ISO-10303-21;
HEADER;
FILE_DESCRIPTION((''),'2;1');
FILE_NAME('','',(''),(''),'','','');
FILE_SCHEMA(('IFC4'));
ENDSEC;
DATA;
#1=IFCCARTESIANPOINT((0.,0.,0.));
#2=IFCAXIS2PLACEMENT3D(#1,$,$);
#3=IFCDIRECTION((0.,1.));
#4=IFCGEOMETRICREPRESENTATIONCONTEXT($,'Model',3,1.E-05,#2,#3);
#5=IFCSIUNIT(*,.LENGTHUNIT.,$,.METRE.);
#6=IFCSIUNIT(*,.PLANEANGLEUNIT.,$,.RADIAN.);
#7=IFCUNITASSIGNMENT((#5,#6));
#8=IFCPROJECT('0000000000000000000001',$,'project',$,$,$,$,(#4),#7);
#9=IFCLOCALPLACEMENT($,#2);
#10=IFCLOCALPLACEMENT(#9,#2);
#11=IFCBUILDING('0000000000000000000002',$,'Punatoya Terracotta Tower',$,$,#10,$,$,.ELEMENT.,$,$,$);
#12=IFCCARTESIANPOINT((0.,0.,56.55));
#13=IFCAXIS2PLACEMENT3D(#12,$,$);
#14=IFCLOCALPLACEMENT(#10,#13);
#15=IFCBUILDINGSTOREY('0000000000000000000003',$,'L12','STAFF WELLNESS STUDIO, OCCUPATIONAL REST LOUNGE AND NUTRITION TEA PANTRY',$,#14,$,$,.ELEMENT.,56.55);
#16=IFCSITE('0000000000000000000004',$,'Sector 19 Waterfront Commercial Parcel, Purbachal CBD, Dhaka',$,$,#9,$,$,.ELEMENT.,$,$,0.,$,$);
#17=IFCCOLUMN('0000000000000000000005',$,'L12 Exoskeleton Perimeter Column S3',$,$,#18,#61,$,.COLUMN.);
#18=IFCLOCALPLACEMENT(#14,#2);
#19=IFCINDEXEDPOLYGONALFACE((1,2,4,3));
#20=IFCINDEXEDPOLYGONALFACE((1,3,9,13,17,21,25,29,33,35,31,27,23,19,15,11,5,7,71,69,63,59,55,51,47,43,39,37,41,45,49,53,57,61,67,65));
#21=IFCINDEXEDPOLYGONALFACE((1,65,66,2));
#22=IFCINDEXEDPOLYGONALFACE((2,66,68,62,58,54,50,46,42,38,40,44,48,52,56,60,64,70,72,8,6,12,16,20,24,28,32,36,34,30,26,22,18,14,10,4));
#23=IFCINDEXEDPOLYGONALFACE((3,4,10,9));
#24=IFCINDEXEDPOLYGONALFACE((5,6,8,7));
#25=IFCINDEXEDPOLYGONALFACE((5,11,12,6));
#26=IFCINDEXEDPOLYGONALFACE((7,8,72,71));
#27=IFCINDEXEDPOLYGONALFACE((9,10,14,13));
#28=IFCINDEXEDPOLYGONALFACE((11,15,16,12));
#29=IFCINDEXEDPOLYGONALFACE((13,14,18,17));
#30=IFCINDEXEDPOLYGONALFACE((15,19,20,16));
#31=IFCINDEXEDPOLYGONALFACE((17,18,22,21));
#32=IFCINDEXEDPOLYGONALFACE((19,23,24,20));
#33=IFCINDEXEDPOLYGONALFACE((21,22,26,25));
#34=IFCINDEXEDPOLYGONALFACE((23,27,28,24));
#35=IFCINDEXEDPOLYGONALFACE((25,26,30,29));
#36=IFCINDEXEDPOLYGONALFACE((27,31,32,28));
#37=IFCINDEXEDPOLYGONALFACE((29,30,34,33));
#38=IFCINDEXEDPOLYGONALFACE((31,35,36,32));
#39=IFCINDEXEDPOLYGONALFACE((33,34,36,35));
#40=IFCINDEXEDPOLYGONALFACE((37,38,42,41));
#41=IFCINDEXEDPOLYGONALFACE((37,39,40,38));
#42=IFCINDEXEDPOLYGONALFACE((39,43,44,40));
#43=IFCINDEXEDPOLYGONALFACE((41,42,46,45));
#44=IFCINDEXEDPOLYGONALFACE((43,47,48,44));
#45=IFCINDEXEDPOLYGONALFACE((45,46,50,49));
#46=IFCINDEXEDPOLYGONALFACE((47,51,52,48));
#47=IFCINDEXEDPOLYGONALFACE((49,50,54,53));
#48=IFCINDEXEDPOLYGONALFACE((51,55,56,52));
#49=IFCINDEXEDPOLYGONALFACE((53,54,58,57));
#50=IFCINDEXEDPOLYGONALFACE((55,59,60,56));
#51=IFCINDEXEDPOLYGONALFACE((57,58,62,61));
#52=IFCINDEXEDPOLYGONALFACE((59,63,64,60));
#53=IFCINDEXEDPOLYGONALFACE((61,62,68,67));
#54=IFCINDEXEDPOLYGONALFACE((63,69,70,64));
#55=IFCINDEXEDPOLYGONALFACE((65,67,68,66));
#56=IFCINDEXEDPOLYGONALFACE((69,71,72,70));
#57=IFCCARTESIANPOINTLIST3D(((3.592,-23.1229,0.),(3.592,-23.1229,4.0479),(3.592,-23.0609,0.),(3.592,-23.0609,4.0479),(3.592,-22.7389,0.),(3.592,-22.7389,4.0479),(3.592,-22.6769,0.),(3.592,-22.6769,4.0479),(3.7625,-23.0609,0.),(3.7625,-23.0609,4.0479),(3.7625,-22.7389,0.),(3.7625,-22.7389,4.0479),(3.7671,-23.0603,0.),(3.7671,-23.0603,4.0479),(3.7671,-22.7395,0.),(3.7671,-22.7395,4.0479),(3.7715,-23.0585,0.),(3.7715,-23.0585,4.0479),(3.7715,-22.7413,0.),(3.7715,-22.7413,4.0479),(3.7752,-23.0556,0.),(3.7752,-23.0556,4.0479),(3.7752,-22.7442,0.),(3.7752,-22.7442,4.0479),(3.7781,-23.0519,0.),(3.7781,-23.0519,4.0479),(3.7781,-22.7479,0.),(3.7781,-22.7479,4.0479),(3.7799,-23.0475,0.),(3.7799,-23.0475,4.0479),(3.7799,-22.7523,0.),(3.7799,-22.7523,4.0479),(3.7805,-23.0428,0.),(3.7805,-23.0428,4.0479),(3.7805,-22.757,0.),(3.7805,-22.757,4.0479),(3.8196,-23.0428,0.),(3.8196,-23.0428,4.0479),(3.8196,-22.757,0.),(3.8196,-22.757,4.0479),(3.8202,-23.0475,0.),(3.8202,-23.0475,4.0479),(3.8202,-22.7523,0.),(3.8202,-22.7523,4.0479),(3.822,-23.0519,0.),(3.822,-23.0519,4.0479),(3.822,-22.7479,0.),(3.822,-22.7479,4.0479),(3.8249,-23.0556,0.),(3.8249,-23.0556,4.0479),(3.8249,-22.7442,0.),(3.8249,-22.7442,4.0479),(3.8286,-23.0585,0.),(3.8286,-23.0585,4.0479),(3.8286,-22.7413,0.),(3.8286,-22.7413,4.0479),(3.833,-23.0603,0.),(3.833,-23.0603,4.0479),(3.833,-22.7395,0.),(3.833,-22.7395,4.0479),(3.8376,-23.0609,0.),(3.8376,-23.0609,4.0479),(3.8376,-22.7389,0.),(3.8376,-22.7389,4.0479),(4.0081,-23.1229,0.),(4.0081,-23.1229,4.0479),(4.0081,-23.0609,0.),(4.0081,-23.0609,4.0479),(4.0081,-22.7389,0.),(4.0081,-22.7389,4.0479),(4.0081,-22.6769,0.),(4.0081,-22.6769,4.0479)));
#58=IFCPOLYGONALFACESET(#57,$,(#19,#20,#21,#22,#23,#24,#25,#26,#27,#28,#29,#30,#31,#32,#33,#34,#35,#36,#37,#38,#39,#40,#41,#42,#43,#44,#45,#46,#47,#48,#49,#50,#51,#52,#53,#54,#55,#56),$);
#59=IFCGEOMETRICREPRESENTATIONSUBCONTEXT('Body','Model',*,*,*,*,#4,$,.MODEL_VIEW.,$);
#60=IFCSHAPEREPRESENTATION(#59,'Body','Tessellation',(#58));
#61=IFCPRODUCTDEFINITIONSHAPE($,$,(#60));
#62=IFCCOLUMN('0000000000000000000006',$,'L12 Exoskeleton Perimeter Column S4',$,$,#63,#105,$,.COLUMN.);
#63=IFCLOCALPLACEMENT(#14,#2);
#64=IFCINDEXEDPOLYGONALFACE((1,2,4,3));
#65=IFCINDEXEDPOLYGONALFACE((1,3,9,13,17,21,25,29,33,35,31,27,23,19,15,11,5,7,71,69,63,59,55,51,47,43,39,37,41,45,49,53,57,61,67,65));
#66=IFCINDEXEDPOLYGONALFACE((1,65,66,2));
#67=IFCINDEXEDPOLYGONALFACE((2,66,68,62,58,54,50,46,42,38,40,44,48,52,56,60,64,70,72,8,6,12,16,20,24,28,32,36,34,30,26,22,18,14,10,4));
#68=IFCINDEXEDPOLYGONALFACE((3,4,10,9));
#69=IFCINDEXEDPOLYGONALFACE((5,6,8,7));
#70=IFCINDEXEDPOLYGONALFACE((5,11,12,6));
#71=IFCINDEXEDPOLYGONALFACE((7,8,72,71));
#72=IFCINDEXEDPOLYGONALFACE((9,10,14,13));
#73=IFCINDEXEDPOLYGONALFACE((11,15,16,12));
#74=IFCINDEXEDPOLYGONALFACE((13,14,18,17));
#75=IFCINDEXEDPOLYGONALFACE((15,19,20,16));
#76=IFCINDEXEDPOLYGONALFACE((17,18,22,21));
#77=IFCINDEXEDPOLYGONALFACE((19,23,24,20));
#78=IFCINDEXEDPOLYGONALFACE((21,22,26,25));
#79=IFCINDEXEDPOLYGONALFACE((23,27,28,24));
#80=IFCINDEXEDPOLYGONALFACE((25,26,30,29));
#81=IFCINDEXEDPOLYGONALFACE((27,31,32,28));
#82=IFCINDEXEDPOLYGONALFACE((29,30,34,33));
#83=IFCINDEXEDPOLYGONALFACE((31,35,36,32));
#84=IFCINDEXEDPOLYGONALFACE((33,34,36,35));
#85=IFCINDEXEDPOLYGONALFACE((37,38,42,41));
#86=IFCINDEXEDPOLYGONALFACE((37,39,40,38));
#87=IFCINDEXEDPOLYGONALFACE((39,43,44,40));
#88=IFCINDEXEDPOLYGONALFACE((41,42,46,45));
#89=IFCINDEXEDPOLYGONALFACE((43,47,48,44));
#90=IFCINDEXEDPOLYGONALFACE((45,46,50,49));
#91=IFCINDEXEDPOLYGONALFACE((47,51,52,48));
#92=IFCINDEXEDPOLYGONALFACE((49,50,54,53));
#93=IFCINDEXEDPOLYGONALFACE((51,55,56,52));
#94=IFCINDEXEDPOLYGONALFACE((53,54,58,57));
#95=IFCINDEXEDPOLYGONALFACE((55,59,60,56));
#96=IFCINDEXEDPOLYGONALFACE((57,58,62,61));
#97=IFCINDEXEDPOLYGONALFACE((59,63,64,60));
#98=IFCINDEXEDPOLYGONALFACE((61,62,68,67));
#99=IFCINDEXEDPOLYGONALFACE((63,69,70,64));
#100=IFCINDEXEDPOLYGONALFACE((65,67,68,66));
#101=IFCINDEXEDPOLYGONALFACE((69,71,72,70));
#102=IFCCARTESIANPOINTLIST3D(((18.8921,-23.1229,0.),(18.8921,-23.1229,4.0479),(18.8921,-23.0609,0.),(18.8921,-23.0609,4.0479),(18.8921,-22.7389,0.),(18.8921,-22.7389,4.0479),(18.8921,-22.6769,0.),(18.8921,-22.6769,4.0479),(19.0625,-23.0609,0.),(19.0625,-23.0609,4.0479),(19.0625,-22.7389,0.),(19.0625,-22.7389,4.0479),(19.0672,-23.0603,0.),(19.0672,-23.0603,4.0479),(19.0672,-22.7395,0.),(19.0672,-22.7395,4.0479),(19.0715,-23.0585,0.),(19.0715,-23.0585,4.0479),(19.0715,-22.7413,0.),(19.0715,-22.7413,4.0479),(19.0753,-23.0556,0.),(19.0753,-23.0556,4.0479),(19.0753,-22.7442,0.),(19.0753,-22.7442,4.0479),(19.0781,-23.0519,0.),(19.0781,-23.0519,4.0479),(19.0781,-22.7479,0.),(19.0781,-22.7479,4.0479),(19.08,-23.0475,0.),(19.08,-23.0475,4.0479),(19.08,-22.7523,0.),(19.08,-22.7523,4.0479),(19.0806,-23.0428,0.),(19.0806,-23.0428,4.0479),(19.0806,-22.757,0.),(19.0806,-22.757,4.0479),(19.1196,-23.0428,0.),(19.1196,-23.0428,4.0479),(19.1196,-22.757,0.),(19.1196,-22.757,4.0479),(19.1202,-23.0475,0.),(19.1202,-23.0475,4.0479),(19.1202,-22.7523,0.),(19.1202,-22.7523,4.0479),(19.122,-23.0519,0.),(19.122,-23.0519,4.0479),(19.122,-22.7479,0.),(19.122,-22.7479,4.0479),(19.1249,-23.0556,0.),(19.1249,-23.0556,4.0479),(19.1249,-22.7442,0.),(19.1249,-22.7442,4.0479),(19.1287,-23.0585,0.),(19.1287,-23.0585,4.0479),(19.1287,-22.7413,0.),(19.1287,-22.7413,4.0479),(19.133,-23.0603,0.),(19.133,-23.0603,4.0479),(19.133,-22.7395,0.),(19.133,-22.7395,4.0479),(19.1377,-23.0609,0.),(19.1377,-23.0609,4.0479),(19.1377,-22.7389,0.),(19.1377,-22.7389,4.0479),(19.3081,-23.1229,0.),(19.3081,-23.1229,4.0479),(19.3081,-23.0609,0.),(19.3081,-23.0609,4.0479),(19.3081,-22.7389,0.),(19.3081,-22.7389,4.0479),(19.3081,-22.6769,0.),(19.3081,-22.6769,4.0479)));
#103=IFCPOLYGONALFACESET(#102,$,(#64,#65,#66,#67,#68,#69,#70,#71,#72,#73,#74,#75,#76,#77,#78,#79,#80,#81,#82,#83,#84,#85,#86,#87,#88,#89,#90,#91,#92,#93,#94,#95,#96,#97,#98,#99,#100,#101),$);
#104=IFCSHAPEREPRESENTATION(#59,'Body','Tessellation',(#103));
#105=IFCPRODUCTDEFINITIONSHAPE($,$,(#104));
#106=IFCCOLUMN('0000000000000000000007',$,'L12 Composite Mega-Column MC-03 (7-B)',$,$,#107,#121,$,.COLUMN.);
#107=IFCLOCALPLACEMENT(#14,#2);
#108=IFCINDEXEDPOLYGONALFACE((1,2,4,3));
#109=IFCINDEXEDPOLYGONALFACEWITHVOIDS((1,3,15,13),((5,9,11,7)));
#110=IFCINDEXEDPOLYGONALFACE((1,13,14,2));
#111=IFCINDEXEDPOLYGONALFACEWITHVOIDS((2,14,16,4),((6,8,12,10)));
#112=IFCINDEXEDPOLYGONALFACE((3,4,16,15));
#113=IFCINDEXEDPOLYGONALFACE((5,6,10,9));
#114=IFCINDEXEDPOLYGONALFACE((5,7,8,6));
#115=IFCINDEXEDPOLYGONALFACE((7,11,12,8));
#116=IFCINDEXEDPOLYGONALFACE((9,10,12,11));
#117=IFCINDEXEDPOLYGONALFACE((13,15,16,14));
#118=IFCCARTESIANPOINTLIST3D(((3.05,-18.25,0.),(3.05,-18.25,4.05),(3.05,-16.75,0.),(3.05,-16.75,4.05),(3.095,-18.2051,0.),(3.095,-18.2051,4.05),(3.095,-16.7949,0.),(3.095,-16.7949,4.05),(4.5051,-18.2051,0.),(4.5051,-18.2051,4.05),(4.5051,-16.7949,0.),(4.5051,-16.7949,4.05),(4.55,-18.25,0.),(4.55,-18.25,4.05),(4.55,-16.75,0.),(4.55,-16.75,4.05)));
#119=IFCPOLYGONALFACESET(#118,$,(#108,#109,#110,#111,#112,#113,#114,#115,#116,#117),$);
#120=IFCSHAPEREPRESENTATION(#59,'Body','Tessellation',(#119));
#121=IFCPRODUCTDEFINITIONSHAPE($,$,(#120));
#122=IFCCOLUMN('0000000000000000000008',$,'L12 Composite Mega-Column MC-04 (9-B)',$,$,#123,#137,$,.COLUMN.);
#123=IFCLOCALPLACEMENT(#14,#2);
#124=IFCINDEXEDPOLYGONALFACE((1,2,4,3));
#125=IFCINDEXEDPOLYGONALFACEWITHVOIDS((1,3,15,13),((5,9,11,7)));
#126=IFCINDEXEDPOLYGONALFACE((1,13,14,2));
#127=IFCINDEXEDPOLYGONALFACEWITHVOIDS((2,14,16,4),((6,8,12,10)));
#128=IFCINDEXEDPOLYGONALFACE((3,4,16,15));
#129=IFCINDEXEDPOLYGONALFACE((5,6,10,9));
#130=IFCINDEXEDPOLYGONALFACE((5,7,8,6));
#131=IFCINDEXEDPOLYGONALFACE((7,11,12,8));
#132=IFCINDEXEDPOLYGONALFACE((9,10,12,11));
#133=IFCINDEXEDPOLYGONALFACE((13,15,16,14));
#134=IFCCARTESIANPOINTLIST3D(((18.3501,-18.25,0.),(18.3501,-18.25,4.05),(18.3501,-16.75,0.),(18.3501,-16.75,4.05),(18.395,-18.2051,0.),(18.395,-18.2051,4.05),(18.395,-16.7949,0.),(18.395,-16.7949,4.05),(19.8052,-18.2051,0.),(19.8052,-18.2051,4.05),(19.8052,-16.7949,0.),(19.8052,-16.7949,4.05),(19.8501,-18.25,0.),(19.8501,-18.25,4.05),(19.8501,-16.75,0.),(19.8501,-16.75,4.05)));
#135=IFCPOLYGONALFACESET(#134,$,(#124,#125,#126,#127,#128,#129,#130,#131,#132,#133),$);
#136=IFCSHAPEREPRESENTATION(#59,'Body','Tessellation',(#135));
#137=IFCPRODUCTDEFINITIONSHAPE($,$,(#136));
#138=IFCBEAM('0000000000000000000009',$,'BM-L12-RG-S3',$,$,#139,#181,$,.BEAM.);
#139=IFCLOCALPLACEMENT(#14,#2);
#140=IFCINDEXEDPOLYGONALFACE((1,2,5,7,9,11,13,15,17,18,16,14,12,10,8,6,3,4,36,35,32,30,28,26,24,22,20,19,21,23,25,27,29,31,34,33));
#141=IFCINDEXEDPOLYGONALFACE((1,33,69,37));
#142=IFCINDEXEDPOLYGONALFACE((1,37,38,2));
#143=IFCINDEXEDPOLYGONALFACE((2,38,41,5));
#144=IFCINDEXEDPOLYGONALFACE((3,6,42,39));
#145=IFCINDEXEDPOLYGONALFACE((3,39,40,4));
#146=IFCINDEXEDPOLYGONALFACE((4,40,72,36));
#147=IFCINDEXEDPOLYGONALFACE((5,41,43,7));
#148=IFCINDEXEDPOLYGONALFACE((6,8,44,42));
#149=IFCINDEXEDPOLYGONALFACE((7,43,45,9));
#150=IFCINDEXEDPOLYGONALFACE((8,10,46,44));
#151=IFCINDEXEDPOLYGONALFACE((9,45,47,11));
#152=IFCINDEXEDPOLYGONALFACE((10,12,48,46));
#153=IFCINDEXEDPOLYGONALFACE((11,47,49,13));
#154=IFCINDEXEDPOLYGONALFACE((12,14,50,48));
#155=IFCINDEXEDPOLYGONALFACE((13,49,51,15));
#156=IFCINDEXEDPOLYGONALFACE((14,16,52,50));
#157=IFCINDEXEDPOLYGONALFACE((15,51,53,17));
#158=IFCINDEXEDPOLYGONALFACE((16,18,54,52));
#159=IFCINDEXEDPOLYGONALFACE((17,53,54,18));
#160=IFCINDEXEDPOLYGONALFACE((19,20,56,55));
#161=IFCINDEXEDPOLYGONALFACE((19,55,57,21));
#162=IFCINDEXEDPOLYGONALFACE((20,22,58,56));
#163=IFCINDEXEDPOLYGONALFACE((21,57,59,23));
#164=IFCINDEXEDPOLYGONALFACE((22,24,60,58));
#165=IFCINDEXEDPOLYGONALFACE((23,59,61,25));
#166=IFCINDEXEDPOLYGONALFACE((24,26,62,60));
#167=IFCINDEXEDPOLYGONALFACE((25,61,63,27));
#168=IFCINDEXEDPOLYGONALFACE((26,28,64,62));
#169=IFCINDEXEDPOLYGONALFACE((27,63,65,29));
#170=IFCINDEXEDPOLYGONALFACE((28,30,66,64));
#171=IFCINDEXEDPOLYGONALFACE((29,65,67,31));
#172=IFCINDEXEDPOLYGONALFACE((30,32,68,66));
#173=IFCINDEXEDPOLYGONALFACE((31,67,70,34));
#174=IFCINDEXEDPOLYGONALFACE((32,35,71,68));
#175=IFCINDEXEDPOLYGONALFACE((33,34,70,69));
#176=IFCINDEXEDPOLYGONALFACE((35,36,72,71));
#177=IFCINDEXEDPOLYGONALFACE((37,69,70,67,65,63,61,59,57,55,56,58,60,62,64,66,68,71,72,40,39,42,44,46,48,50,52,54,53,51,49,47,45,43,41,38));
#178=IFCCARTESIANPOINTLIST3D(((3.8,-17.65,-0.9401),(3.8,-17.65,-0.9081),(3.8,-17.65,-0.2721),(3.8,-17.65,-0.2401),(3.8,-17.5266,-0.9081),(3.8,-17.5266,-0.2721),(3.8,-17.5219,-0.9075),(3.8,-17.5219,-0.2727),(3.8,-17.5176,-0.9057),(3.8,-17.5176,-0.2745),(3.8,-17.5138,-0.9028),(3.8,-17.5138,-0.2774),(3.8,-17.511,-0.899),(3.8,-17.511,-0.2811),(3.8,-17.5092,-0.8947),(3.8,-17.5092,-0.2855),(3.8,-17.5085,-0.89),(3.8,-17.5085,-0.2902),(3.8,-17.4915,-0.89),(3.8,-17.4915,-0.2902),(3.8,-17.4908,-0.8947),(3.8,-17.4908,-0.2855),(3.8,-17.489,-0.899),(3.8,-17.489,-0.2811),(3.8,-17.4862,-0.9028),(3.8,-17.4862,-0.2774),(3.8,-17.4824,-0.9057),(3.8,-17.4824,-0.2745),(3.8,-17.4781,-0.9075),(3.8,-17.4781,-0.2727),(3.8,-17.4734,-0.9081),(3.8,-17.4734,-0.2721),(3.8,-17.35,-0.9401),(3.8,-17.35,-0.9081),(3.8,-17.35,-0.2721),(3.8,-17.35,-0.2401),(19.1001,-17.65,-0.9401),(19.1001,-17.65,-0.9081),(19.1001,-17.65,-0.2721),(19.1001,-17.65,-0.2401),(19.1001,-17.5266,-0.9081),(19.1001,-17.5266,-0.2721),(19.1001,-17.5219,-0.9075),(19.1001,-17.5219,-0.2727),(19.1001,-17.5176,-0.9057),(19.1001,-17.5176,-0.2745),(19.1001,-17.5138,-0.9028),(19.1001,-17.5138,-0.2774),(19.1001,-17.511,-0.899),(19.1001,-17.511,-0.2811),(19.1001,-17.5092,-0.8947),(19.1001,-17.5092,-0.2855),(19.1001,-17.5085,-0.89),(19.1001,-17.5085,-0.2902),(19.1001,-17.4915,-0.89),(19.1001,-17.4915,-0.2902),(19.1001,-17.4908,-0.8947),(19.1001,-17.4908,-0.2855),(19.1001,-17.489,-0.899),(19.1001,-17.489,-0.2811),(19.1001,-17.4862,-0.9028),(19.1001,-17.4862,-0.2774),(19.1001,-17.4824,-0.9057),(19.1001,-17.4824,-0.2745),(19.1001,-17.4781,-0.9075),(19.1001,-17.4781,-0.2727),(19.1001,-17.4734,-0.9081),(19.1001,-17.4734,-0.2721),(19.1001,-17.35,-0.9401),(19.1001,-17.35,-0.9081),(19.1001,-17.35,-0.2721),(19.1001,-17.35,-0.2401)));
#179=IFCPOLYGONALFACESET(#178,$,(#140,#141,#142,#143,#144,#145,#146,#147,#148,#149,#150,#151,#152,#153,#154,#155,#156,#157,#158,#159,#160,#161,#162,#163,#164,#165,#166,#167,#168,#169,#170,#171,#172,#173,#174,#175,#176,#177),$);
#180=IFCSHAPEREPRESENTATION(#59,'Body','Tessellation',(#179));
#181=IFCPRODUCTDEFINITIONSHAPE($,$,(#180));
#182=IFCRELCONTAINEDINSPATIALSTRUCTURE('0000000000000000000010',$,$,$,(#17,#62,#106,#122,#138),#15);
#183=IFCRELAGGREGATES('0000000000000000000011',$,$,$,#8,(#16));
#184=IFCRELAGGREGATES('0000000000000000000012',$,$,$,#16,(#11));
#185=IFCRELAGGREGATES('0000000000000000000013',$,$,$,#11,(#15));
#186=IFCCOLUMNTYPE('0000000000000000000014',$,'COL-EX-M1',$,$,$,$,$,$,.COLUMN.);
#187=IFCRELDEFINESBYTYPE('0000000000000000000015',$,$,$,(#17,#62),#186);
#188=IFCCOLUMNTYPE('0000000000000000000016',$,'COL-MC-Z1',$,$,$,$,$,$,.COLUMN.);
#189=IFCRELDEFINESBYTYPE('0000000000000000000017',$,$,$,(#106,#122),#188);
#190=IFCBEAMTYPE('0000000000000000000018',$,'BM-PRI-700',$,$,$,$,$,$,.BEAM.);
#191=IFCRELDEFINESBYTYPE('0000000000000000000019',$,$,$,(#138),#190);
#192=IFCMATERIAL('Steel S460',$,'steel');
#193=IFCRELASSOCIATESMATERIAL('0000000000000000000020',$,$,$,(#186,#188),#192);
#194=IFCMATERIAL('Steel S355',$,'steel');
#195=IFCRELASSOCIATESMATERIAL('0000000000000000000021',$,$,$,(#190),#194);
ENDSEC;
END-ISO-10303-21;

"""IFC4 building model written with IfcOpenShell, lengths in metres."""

from ifc_helpers import new_model, si_unit, direction, frame, origin, origin_2d, place, context, subcontext, project, spatial, hollow_rectangle, i_section, extrude, material, material_profile, profile_set, type_object, element, save


model = new_model("IFC4")

# Units and contexts
model_context = context("Model", 3, precision=1e-05, world=origin(), true_north=direction((0.0, 1.0)))
body_context = subcontext(model_context, "Body", "Model", "MODEL_VIEW")
ifc_project = project(units=[si_unit("LENGTHUNIT", "METRE"), si_unit("PLANEANGLEUNIT", "RADIAN")], contexts=[model_context])

# Site, building, storey
site_placement = place(None, origin())
site = spatial("IfcSite", under=ifc_project, at=site_placement, Name="Sector 19 Waterfront Commercial Parcel, Purbachal CBD, Dhaka", CompositionType="ELEMENT", RefElevation=0.0)
building_placement = place(site_placement, origin())
building = spatial("IfcBuilding", under=site, at=building_placement, Name="Punatoya Terracotta Tower", CompositionType="ELEMENT")
storey_placement = place(building_placement, frame((0.0, 0.0, 56.55)))
storey = spatial("IfcBuildingStorey", under=building, at=storey_placement, Name="L12", Description="STAFF WELLNESS STUDIO, OCCUPATIONAL REST LOUNGE AND NUTRITION TEA PANTRY", CompositionType="ELEMENT", Elevation=56.55)

# Columns
ifc_material_1 = material(Name="Steel S460", Category="steel")
ifc_material_profile_1 = material_profile(ifc_material_1, i_section(OverallWidth=0.416, OverallDepth=0.446, WebThickness=0.0391, FlangeThickness=0.062, FilletRadius=0.0181, at=origin_2d()))
ifc_profile_set_1 = profile_set([ifc_material_profile_1], Name="Steel S460")
column_type_1 = type_object("IfcColumnType", Name="COL-EX-M1", PredefinedType="COLUMN", material=ifc_profile_set_1)
for number, where, z_axis, x_axis, name in (
    (1, (3.8, -22.8999, 0.0), (0.0, 0.0, 1.0), (1.0, 0.0, 0.0), "L12 Exoskeleton Perimeter Column S3"),
    (2, (19.1001, -22.8999, 0.0), (0.0, 0.0, 1.0), (1.0, 0.0, 0.0), "L12 Exoskeleton Perimeter Column S4"),
):
    element("IfcColumn", number, at=place(storey_placement, frame(where, z_axis=z_axis, x_axis=x_axis)), inside=storey, type_object=column_type_1, Name=name, PredefinedType="COLUMN", context=body_context, shape_type="SweptSolid", body=[
        extrude(i_section(OverallWidth=0.416, OverallDepth=0.446, WebThickness=0.0391, FlangeThickness=0.062, FilletRadius=0.0181, at=origin_2d()), origin(), (0.0, 0.0, 1.0), 4.0479),
    ])
ifc_material_profile_2 = material_profile(ifc_material_1, hollow_rectangle(XDim=1.5, YDim=1.5, WallThickness=0.0449, at=origin_2d()))
ifc_profile_set_2 = profile_set([ifc_material_profile_2], Name="Steel S460")
column_type_2 = type_object("IfcColumnType", Name="COL-MC-Z1", PredefinedType="COLUMN", material=ifc_profile_set_2)
for number, where, z_axis, x_axis, name in (
    (3, (3.8, -17.5, 0.0), (0.0, 0.0, 1.0), (1.0, 0.0, 0.0), "L12 Composite Mega-Column MC-03 (7-B)"),
    (4, (19.1001, -17.5, 0.0), (0.0, 0.0, 1.0), (1.0, 0.0, 0.0), "L12 Composite Mega-Column MC-04 (9-B)"),
):
    element("IfcColumn", number, at=place(storey_placement, frame(where, z_axis=z_axis, x_axis=x_axis)), inside=storey, type_object=column_type_2, Name=name, PredefinedType="COLUMN", context=body_context, shape_type="SweptSolid", body=[
        extrude(hollow_rectangle(XDim=1.5, YDim=1.5, WallThickness=0.0449, at=origin_2d()), origin(), (0.0, 0.0, 1.0), 4.05),
    ])

# Beam
ifc_material_2 = material(Name="Steel S355", Category="steel")
ifc_material_profile_3 = material_profile(ifc_material_2, i_section(OverallWidth=0.3, OverallDepth=0.7, WebThickness=0.0171, FlangeThickness=0.032, FilletRadius=0.0181, at=origin_2d()))
ifc_profile_set_3 = profile_set([ifc_material_profile_3], Name="Steel S355")
beam_type_1 = type_object("IfcBeamType", Name="BM-PRI-700", PredefinedType="BEAM", material=ifc_profile_set_3)
beam_1_placement = place(storey_placement, frame((3.8, -17.5, -0.5901), z_axis=(1.0, 0.0, 0.0), x_axis=(0.0, 1.0, 0.0)))
element("IfcBeam", 5, at=beam_1_placement, inside=storey, type_object=beam_type_1, Name="BM-L12-RG-S3", PredefinedType="BEAM", context=body_context, shape_type="SweptSolid", body=[
    extrude(i_section(OverallWidth=0.3, OverallDepth=0.7, WebThickness=0.0171, FlangeThickness=0.032, FilletRadius=0.0181, at=origin_2d()), origin(), (0.0, 0.0, 1.0), 15.3),
])

save(model, "model.ifc")
